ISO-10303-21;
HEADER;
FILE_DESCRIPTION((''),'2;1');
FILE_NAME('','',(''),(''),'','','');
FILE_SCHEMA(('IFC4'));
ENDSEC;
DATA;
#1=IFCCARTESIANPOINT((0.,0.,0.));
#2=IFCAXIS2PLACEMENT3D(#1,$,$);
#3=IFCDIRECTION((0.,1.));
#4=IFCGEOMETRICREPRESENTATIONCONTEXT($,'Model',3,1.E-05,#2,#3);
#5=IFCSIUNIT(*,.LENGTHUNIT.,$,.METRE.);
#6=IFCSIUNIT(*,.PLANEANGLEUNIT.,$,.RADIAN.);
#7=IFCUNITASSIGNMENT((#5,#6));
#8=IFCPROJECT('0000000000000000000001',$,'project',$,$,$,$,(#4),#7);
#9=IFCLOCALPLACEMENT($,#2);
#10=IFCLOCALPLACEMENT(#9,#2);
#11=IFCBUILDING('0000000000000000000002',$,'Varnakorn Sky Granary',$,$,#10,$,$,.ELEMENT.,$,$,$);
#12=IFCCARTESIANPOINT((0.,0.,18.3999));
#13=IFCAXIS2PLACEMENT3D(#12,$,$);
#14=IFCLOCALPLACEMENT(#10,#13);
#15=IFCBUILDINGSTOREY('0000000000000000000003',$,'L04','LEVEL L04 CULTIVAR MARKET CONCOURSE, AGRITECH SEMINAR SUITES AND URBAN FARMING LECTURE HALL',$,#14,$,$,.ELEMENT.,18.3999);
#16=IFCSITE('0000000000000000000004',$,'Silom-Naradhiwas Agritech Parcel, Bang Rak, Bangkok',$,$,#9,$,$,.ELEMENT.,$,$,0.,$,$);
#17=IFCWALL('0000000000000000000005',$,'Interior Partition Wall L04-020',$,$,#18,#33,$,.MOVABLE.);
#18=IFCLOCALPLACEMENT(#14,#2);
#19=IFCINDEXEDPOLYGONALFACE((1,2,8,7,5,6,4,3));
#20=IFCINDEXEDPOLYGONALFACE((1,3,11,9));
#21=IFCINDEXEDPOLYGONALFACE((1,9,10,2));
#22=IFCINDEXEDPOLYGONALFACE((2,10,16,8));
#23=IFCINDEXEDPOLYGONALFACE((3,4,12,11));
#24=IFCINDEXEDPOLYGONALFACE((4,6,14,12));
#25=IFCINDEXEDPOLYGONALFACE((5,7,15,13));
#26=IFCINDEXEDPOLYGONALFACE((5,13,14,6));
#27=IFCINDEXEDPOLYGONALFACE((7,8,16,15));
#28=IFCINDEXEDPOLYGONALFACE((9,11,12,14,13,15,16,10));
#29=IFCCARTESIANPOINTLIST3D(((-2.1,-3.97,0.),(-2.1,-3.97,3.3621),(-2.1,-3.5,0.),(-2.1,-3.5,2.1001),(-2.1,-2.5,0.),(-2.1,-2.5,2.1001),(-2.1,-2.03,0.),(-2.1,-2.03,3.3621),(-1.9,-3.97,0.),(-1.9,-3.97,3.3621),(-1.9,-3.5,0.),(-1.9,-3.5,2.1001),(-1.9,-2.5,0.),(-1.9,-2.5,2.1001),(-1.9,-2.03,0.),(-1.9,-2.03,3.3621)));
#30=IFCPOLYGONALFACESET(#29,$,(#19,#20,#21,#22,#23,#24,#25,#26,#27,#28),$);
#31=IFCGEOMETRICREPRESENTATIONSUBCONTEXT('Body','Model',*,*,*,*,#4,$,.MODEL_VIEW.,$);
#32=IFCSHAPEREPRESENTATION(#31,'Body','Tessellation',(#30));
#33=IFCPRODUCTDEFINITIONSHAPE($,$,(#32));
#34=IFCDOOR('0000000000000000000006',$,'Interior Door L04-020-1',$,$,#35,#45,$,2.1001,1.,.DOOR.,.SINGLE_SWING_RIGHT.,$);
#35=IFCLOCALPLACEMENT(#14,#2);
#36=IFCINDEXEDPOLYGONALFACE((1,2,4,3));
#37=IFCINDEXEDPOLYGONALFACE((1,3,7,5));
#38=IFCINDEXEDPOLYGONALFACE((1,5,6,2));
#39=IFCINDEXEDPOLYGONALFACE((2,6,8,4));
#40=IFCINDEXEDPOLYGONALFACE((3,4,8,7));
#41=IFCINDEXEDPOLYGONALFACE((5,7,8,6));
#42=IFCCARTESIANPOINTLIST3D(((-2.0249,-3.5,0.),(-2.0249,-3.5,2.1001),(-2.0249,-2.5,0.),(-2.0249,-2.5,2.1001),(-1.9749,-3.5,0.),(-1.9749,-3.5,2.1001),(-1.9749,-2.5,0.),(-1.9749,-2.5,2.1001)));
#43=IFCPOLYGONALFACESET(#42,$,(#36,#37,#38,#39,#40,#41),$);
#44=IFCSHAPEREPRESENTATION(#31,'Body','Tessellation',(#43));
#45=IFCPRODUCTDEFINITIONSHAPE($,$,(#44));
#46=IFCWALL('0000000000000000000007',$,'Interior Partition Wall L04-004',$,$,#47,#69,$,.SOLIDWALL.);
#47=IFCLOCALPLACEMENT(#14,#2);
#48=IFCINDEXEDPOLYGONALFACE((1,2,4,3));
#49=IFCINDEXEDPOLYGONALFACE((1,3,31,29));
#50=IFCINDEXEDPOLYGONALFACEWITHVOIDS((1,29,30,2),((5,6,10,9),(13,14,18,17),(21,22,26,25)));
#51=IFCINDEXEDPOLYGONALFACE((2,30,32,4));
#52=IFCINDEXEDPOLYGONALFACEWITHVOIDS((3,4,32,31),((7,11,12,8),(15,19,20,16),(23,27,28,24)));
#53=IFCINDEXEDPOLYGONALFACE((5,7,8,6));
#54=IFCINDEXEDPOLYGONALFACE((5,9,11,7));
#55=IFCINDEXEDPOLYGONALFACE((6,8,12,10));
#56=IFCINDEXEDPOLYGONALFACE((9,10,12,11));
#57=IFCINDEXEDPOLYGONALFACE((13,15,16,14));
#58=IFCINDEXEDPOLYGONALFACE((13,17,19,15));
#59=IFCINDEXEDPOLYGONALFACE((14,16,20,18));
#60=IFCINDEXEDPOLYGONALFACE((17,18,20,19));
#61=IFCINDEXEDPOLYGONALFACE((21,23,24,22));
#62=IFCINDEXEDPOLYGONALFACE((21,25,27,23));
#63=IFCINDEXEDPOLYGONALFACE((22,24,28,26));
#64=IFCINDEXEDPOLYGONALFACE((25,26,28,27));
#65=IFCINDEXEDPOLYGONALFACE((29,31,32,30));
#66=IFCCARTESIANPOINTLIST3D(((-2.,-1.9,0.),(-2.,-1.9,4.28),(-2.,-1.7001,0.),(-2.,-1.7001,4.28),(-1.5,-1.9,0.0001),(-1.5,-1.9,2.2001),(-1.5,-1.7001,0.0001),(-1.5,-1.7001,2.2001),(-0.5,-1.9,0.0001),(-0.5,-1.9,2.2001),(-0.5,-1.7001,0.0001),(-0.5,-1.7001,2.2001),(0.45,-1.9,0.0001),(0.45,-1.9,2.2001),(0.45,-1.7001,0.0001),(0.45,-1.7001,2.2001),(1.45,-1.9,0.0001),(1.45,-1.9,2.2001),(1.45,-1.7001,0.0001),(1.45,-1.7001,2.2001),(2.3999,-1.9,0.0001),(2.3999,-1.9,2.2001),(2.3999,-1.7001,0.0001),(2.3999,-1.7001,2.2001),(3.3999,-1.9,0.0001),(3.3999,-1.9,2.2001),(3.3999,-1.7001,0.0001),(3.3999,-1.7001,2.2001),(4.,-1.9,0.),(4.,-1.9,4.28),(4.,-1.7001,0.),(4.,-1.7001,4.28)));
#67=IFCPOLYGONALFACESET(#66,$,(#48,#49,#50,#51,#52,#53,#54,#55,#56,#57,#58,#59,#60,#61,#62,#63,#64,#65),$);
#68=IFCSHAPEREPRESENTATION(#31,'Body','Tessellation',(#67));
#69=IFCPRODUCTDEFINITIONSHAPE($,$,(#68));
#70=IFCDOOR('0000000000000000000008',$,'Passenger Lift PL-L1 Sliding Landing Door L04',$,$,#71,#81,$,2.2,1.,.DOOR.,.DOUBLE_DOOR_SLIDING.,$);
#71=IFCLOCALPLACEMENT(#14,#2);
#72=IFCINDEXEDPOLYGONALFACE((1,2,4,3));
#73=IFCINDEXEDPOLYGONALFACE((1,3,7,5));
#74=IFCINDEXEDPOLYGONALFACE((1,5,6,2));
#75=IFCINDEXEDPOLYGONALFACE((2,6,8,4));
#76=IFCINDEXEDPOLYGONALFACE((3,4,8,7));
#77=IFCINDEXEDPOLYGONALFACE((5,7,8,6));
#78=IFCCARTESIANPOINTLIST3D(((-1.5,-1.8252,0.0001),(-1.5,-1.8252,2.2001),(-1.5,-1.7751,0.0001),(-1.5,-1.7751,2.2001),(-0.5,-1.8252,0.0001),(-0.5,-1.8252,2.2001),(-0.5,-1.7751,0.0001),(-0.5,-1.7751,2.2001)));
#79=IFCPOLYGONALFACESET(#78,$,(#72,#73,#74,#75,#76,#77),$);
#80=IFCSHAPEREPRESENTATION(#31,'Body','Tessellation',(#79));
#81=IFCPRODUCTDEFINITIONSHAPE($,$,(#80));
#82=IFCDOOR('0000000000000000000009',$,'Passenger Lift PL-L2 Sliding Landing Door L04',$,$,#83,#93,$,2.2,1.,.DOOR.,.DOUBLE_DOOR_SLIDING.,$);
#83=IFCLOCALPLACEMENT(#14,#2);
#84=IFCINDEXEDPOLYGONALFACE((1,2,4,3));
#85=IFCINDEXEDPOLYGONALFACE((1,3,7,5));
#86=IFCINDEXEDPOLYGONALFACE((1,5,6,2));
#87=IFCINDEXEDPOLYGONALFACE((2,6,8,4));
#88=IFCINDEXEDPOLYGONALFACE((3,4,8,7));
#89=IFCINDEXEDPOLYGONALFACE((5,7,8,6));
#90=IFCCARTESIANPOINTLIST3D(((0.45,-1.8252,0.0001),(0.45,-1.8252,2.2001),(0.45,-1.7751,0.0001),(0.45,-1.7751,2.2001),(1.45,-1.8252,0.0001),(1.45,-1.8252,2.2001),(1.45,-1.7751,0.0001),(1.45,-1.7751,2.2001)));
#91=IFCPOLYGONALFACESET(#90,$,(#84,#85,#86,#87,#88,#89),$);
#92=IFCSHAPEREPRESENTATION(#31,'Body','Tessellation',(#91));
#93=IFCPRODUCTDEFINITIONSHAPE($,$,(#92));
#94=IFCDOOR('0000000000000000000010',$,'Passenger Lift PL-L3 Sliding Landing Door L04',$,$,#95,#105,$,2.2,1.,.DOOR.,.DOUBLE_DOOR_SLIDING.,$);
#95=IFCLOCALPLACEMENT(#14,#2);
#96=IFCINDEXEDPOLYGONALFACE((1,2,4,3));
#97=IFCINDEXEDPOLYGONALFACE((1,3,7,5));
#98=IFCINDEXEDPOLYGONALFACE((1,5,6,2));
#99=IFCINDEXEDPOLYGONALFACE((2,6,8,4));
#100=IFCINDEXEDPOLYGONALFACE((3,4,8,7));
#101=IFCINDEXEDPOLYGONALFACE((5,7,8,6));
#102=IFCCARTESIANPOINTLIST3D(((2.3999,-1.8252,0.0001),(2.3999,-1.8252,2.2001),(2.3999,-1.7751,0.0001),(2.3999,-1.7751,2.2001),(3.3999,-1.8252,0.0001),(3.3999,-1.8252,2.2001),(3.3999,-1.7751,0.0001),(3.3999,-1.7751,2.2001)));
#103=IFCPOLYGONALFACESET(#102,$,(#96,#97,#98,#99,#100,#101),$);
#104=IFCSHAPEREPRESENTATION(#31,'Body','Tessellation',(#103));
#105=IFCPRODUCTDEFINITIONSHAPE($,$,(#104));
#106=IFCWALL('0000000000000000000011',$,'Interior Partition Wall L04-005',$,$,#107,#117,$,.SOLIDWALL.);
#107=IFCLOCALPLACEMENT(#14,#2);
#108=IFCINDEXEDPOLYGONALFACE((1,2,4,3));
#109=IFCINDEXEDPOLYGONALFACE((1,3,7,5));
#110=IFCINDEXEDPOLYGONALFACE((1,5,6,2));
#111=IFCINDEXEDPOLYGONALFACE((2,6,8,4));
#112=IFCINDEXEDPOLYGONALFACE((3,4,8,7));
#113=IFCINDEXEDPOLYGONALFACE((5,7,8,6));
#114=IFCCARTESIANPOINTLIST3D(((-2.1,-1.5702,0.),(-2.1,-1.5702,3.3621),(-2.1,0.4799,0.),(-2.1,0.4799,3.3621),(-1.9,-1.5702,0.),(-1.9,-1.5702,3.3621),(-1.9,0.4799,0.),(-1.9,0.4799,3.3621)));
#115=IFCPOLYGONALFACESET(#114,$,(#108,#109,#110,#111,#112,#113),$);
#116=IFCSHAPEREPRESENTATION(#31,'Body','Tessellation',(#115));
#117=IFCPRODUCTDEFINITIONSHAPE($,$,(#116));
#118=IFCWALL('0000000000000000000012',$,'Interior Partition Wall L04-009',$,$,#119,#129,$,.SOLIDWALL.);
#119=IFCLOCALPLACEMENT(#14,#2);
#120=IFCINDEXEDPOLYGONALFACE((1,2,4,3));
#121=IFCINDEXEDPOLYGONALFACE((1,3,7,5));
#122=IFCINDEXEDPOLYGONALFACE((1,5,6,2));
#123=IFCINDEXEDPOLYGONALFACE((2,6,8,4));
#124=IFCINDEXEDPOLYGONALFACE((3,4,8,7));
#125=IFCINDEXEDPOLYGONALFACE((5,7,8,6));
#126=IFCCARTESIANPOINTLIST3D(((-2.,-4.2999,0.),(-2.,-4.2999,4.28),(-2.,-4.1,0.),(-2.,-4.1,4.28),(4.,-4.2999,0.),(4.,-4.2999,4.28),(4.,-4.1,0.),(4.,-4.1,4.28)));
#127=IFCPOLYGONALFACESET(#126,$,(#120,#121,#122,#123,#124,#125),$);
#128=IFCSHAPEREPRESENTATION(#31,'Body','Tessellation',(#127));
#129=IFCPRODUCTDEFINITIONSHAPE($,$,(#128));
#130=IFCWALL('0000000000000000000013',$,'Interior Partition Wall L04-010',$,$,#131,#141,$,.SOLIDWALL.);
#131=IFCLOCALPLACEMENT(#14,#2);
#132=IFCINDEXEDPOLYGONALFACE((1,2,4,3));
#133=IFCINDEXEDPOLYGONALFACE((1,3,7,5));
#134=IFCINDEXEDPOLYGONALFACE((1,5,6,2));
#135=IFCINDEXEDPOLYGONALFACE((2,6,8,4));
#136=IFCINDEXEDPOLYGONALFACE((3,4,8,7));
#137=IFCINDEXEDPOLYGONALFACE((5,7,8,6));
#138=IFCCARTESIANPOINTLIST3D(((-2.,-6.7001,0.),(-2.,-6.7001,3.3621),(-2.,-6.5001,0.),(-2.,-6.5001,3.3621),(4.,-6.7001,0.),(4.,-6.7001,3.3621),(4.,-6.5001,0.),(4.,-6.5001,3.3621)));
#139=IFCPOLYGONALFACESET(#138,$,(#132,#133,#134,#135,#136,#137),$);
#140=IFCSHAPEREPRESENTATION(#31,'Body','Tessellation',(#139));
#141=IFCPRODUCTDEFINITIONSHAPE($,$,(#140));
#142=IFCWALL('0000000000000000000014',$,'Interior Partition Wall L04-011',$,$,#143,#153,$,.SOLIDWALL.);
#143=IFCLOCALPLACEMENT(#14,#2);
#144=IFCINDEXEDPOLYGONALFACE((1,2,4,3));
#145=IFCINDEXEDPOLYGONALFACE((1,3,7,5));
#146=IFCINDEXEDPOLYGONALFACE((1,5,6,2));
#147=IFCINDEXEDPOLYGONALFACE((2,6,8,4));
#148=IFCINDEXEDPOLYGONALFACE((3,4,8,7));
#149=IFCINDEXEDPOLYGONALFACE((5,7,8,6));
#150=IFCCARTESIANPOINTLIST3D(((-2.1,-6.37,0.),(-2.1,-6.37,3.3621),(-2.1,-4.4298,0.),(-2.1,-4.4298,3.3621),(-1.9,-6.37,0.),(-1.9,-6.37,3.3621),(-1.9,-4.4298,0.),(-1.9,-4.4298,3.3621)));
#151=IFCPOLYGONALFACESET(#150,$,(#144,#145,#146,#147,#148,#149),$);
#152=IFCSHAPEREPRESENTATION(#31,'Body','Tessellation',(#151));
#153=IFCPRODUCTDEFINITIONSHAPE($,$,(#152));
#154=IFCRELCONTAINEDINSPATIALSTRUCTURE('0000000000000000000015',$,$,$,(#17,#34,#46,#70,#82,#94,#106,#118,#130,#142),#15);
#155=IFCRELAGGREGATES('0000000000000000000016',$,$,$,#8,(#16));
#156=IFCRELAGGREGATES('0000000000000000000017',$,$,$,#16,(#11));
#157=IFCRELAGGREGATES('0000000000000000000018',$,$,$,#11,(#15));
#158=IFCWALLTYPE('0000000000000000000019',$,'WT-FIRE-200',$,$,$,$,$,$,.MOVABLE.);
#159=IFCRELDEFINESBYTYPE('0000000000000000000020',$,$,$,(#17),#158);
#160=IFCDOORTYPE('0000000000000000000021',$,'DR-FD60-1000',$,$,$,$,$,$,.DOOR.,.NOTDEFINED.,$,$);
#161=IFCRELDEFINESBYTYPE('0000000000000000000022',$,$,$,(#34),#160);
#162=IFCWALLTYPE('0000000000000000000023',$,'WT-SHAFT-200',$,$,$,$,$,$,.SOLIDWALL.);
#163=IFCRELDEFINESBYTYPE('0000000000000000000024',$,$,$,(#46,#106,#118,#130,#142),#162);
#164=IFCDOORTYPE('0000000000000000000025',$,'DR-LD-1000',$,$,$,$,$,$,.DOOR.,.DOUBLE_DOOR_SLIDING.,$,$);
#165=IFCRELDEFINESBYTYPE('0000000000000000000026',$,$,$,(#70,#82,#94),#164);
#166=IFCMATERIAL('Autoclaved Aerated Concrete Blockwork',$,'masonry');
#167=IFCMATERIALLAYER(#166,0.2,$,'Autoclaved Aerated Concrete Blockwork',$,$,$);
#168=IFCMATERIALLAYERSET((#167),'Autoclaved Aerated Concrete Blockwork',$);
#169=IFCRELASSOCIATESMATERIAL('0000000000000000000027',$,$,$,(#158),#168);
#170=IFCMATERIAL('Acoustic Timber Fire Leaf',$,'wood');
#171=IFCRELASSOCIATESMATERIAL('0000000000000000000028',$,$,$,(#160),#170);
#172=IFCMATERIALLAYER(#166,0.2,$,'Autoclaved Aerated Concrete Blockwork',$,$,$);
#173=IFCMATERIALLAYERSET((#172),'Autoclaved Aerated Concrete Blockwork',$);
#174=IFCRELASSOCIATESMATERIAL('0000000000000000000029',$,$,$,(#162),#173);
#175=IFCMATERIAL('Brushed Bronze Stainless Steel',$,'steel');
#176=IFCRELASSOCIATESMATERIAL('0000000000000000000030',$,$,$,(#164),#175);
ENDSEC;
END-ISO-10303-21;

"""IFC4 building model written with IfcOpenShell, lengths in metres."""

from ifc_helpers import new_model, si_unit, direction, frame, frame_2d, origin, place, context, subcontext, project, spatial, rectangle, extrude, material, layer, layer_set, type_object, element, fill, save


model = new_model("IFC4")

# Units and contexts
model_context = context("Model", 3, precision=1e-05, world=origin(), true_north=direction((0.0, 1.0)))
body_context = subcontext(model_context, "Body", "Model", "MODEL_VIEW")
ifc_project = project(units=[si_unit("LENGTHUNIT", "METRE"), si_unit("PLANEANGLEUNIT", "RADIAN")], contexts=[model_context])

# Site, building, storey
site_placement = place(None, origin())
site = spatial("IfcSite", under=ifc_project, at=site_placement, Name="Silom-Naradhiwas Agritech Parcel, Bang Rak, Bangkok", CompositionType="ELEMENT", RefElevation=0.0)
building_placement = place(site_placement, origin())
building = spatial("IfcBuilding", under=site, at=building_placement, Name="Varnakorn Sky Granary", CompositionType="ELEMENT")
storey_placement = place(building_placement, frame((0.0, 0.0, 18.3999)))
storey = spatial("IfcBuildingStorey", under=building, at=storey_placement, Name="L04", Description="LEVEL L04 CULTIVAR MARKET CONCOURSE, AGRITECH SEMINAR SUITES AND URBAN FARMING LECTURE HALL", CompositionType="ELEMENT", Elevation=18.3999)

# Wall, opening, door
ifc_material_1 = material(Name="Autoclaved Aerated Concrete Blockwork", Category="masonry")
ifc_layer_1 = layer(ifc_material_1, 0.2, Name="Autoclaved Aerated Concrete Blockwork")
ifc_layer_set_1 = layer_set([ifc_layer_1], Name="Autoclaved Aerated Concrete Blockwork")
wall_type_1 = type_object("IfcWallType", Name="WT-FIRE-200", PredefinedType="MOVABLE", material=ifc_layer_set_1)
wall_1_placement = place(storey_placement, frame((-2.0, -3.97, 0.0), z_axis=(0.0, 0.0, 1.0), x_axis=(0.0, 1.0, 0.0)))
wall_1 = element("IfcWall", 1, at=wall_1_placement, inside=storey, type_object=wall_type_1, Name="Interior Partition Wall L04-020", PredefinedType="MOVABLE", context=body_context, shape_type="SweptSolid", body=[
    extrude(rectangle(XDim=1.9399, YDim=0.2, at=frame_2d((0.97, 0.0))), origin(), (0.0, 0.0, 1.0), 3.3621),
])
opening_1_placement = place(wall_1_placement, frame((0.47, 0.0, 0.0)))
opening_1 = element("IfcOpeningElement", 2, at=opening_1_placement, cuts=wall_1, PredefinedType="OPENING", context=body_context, shape_type="SweptSolid", body=[
    extrude(rectangle(XDim=1.0, YDim=2.1001, at=frame_2d((0.5, 1.05))), frame((0.0, 0.1099, 0.0), z_axis=(0.0, -1.0, 0.0), x_axis=(1.0, 0.0, 0.0)), (0.0, 0.0, 1.0), 0.22),
])
ifc_material_2 = material(Name="Acoustic Timber Fire Leaf", Category="wood")
door_type_1 = type_object("IfcDoorType", Name="DR-FD60-1000", OperationType="NOTDEFINED", PredefinedType="DOOR", material=ifc_material_2)
door_1_placement = place(opening_1_placement, origin())
door_1 = element("IfcDoor", 3, at=door_1_placement, inside=storey, type_object=door_type_1, Name="Interior Door L04-020-1", OperationType="SINGLE_SWING_RIGHT", OverallHeight=2.1001, OverallWidth=1.0, PredefinedType="DOOR", context=body_context, shape_type="SweptSolid", body=[
    extrude(rectangle(XDim=1.0, YDim=2.1001, at=frame_2d((0.5, 1.05))), frame((0.0, 0.0249, 0.0), z_axis=(0.0, -1.0, 0.0), x_axis=(1.0, 0.0, 0.0)), (0.0, 0.0, 1.0), 0.05),
])
fill(opening_1, door_1)

# Wall, openings, doors
ifc_layer_2 = layer(ifc_material_1, 0.2, Name="Autoclaved Aerated Concrete Blockwork")
ifc_layer_set_2 = layer_set([ifc_layer_2], Name="Autoclaved Aerated Concrete Blockwork")
wall_type_2 = type_object("IfcWallType", Name="WT-SHAFT-200", PredefinedType="SOLIDWALL", material=ifc_layer_set_2)
wall_2_placement = place(storey_placement, frame((-2.0, -1.8, 0.0), z_axis=(0.0, 0.0, 1.0), x_axis=(1.0, 0.0, 0.0)))
wall_2 = element("IfcWall", 4, at=wall_2_placement, inside=storey, type_object=wall_type_2, Name="Interior Partition Wall L04-004", PredefinedType="SOLIDWALL", context=body_context, shape_type="SweptSolid", body=[
    extrude(rectangle(XDim=6.0, YDim=0.2, at=frame_2d((3.0, 0.0))), origin(), (0.0, 0.0, 1.0), 4.28),
])
opening_2_placement = place(wall_2_placement, frame((0.5, 0.0, 0.0)))
opening_2 = element("IfcOpeningElement", 5, at=opening_2_placement, cuts=wall_2, PredefinedType="OPENING", context=body_context, shape_type="SweptSolid", body=[
    extrude(rectangle(XDim=1.0, YDim=2.2, at=frame_2d((0.5, 1.1001))), frame((0.0, 0.1099, 0.0), z_axis=(0.0, -1.0, 0.0), x_axis=(1.0, 0.0, 0.0)), (0.0, 0.0, 1.0), 0.22),
])
opening_3_placement = place(wall_2_placement, frame((2.45, 0.0, 0.0)))
opening_3 = element("IfcOpeningElement", 6, at=opening_3_placement, cuts=wall_2, PredefinedType="OPENING", context=body_context, shape_type="SweptSolid", body=[
    extrude(rectangle(XDim=1.0, YDim=2.2, at=frame_2d((0.5, 1.1001))), frame((0.0, 0.1099, 0.0), z_axis=(0.0, -1.0, 0.0), x_axis=(1.0, 0.0, 0.0)), (0.0, 0.0, 1.0), 0.22),
])
opening_4_placement = place(wall_2_placement, frame((4.3999, 0.0, 0.0)))
opening_4 = element("IfcOpeningElement", 7, at=opening_4_placement, cuts=wall_2, PredefinedType="OPENING", context=body_context, shape_type="SweptSolid", body=[
    extrude(rectangle(XDim=1.0, YDim=2.2, at=frame_2d((0.5, 1.1001))), frame((0.0, 0.1099, 0.0), z_axis=(0.0, -1.0, 0.0), x_axis=(1.0, 0.0, 0.0)), (0.0, 0.0, 1.0), 0.22),
])
ifc_material_3 = material(Name="Brushed Bronze Stainless Steel", Category="steel")
door_type_2 = type_object("IfcDoorType", Name="DR-LD-1000", OperationType="DOUBLE_DOOR_SLIDING", PredefinedType="DOOR", material=ifc_material_3)
door_2_placement = place(opening_2_placement, origin())
door_2 = element("IfcDoor", 8, at=door_2_placement, inside=storey, type_object=door_type_2, Name="Passenger Lift PL-L1 Sliding Landing Door L04", OperationType="DOUBLE_DOOR_SLIDING", OverallHeight=2.2, OverallWidth=1.0, PredefinedType="DOOR", context=body_context, shape_type="SweptSolid", body=[
    extrude(rectangle(XDim=1.0, YDim=2.2, at=frame_2d((0.5, 1.1001))), frame((0.0, 0.0249, 0.0), z_axis=(0.0, -1.0, 0.0), x_axis=(1.0, 0.0, 0.0)), (0.0, 0.0, 1.0), 0.05),
])
fill(opening_2, door_2)
door_3_placement = place(opening_3_placement, origin())
door_3 = element("IfcDoor", 9, at=door_3_placement, inside=storey, type_object=door_type_2, Name="Passenger Lift PL-L2 Sliding Landing Door L04", OperationType="DOUBLE_DOOR_SLIDING", OverallHeight=2.2, OverallWidth=1.0, PredefinedType="DOOR", context=body_context, shape_type="SweptSolid", body=[
    extrude(rectangle(XDim=1.0, YDim=2.2, at=frame_2d((0.5, 1.1001))), frame((0.0, 0.0249, 0.0), z_axis=(0.0, -1.0, 0.0), x_axis=(1.0, 0.0, 0.0)), (0.0, 0.0, 1.0), 0.05),
])
fill(opening_3, door_3)
door_4_placement = place(opening_4_placement, origin())
door_4 = element("IfcDoor", 10, at=door_4_placement, inside=storey, type_object=door_type_2, Name="Passenger Lift PL-L3 Sliding Landing Door L04", OperationType="DOUBLE_DOOR_SLIDING", OverallHeight=2.2, OverallWidth=1.0, PredefinedType="DOOR", context=body_context, shape_type="SweptSolid", body=[
    extrude(rectangle(XDim=1.0, YDim=2.2, at=frame_2d((0.5, 1.1001))), frame((0.0, 0.0249, 0.0), z_axis=(0.0, -1.0, 0.0), x_axis=(1.0, 0.0, 0.0)), (0.0, 0.0, 1.0), 0.05),
])
fill(opening_4, door_4)

# Walls
wall_3_placement = place(storey_placement, frame((-2.0, -1.5701, 0.0), z_axis=(0.0, 0.0, 1.0), x_axis=(0.0, 1.0, 0.0)))
element("IfcWall", 11, at=wall_3_placement, inside=storey, type_object=wall_type_2, Name="Interior Partition Wall L04-005", PredefinedType="SOLIDWALL", context=body_context, shape_type="SweptSolid", body=[
    extrude(rectangle(XDim=2.05, YDim=0.2, at=frame_2d((1.0249, 0.0))), origin(), (0.0, 0.0, 1.0), 3.3621),
])
wall_4_placement = place(storey_placement, frame((-2.0, -4.2, 0.0), z_axis=(0.0, 0.0, 1.0), x_axis=(1.0, 0.0, 0.0)))
element("IfcWall", 12, at=wall_4_placement, inside=storey, type_object=wall_type_2, Name="Interior Partition Wall L04-009", PredefinedType="SOLIDWALL", context=body_context, shape_type="SweptSolid", body=[
    extrude(rectangle(XDim=6.0, YDim=0.2, at=frame_2d((3.0, 0.0))), origin(), (0.0, 0.0, 1.0), 4.28),
])
wall_5_placement = place(storey_placement, frame((-2.0, -6.6001, 0.0), z_axis=(0.0, 0.0, 1.0), x_axis=(1.0, 0.0, 0.0)))
element("IfcWall", 13, at=wall_5_placement, inside=storey, type_object=wall_type_2, Name="Interior Partition Wall L04-010", PredefinedType="SOLIDWALL", context=body_context, shape_type="SweptSolid", body=[
    extrude(rectangle(XDim=6.0, YDim=0.2, at=frame_2d((3.0, 0.0))), origin(), (0.0, 0.0, 1.0), 3.3621),
])
wall_6_placement = place(storey_placement, frame((-2.0, -6.3701, 0.0), z_axis=(0.0, 0.0, 1.0), x_axis=(0.0, 1.0, 0.0)))
element("IfcWall", 14, at=wall_6_placement, inside=storey, type_object=wall_type_2, Name="Interior Partition Wall L04-011", PredefinedType="SOLIDWALL", context=body_context, shape_type="SweptSolid", body=[
    extrude(rectangle(XDim=1.9402, YDim=0.2, at=frame_2d((0.9702, 0.0))), origin(), (0.0, 0.0, 1.0), 3.3621),
])

save(model, "model.ifc")
